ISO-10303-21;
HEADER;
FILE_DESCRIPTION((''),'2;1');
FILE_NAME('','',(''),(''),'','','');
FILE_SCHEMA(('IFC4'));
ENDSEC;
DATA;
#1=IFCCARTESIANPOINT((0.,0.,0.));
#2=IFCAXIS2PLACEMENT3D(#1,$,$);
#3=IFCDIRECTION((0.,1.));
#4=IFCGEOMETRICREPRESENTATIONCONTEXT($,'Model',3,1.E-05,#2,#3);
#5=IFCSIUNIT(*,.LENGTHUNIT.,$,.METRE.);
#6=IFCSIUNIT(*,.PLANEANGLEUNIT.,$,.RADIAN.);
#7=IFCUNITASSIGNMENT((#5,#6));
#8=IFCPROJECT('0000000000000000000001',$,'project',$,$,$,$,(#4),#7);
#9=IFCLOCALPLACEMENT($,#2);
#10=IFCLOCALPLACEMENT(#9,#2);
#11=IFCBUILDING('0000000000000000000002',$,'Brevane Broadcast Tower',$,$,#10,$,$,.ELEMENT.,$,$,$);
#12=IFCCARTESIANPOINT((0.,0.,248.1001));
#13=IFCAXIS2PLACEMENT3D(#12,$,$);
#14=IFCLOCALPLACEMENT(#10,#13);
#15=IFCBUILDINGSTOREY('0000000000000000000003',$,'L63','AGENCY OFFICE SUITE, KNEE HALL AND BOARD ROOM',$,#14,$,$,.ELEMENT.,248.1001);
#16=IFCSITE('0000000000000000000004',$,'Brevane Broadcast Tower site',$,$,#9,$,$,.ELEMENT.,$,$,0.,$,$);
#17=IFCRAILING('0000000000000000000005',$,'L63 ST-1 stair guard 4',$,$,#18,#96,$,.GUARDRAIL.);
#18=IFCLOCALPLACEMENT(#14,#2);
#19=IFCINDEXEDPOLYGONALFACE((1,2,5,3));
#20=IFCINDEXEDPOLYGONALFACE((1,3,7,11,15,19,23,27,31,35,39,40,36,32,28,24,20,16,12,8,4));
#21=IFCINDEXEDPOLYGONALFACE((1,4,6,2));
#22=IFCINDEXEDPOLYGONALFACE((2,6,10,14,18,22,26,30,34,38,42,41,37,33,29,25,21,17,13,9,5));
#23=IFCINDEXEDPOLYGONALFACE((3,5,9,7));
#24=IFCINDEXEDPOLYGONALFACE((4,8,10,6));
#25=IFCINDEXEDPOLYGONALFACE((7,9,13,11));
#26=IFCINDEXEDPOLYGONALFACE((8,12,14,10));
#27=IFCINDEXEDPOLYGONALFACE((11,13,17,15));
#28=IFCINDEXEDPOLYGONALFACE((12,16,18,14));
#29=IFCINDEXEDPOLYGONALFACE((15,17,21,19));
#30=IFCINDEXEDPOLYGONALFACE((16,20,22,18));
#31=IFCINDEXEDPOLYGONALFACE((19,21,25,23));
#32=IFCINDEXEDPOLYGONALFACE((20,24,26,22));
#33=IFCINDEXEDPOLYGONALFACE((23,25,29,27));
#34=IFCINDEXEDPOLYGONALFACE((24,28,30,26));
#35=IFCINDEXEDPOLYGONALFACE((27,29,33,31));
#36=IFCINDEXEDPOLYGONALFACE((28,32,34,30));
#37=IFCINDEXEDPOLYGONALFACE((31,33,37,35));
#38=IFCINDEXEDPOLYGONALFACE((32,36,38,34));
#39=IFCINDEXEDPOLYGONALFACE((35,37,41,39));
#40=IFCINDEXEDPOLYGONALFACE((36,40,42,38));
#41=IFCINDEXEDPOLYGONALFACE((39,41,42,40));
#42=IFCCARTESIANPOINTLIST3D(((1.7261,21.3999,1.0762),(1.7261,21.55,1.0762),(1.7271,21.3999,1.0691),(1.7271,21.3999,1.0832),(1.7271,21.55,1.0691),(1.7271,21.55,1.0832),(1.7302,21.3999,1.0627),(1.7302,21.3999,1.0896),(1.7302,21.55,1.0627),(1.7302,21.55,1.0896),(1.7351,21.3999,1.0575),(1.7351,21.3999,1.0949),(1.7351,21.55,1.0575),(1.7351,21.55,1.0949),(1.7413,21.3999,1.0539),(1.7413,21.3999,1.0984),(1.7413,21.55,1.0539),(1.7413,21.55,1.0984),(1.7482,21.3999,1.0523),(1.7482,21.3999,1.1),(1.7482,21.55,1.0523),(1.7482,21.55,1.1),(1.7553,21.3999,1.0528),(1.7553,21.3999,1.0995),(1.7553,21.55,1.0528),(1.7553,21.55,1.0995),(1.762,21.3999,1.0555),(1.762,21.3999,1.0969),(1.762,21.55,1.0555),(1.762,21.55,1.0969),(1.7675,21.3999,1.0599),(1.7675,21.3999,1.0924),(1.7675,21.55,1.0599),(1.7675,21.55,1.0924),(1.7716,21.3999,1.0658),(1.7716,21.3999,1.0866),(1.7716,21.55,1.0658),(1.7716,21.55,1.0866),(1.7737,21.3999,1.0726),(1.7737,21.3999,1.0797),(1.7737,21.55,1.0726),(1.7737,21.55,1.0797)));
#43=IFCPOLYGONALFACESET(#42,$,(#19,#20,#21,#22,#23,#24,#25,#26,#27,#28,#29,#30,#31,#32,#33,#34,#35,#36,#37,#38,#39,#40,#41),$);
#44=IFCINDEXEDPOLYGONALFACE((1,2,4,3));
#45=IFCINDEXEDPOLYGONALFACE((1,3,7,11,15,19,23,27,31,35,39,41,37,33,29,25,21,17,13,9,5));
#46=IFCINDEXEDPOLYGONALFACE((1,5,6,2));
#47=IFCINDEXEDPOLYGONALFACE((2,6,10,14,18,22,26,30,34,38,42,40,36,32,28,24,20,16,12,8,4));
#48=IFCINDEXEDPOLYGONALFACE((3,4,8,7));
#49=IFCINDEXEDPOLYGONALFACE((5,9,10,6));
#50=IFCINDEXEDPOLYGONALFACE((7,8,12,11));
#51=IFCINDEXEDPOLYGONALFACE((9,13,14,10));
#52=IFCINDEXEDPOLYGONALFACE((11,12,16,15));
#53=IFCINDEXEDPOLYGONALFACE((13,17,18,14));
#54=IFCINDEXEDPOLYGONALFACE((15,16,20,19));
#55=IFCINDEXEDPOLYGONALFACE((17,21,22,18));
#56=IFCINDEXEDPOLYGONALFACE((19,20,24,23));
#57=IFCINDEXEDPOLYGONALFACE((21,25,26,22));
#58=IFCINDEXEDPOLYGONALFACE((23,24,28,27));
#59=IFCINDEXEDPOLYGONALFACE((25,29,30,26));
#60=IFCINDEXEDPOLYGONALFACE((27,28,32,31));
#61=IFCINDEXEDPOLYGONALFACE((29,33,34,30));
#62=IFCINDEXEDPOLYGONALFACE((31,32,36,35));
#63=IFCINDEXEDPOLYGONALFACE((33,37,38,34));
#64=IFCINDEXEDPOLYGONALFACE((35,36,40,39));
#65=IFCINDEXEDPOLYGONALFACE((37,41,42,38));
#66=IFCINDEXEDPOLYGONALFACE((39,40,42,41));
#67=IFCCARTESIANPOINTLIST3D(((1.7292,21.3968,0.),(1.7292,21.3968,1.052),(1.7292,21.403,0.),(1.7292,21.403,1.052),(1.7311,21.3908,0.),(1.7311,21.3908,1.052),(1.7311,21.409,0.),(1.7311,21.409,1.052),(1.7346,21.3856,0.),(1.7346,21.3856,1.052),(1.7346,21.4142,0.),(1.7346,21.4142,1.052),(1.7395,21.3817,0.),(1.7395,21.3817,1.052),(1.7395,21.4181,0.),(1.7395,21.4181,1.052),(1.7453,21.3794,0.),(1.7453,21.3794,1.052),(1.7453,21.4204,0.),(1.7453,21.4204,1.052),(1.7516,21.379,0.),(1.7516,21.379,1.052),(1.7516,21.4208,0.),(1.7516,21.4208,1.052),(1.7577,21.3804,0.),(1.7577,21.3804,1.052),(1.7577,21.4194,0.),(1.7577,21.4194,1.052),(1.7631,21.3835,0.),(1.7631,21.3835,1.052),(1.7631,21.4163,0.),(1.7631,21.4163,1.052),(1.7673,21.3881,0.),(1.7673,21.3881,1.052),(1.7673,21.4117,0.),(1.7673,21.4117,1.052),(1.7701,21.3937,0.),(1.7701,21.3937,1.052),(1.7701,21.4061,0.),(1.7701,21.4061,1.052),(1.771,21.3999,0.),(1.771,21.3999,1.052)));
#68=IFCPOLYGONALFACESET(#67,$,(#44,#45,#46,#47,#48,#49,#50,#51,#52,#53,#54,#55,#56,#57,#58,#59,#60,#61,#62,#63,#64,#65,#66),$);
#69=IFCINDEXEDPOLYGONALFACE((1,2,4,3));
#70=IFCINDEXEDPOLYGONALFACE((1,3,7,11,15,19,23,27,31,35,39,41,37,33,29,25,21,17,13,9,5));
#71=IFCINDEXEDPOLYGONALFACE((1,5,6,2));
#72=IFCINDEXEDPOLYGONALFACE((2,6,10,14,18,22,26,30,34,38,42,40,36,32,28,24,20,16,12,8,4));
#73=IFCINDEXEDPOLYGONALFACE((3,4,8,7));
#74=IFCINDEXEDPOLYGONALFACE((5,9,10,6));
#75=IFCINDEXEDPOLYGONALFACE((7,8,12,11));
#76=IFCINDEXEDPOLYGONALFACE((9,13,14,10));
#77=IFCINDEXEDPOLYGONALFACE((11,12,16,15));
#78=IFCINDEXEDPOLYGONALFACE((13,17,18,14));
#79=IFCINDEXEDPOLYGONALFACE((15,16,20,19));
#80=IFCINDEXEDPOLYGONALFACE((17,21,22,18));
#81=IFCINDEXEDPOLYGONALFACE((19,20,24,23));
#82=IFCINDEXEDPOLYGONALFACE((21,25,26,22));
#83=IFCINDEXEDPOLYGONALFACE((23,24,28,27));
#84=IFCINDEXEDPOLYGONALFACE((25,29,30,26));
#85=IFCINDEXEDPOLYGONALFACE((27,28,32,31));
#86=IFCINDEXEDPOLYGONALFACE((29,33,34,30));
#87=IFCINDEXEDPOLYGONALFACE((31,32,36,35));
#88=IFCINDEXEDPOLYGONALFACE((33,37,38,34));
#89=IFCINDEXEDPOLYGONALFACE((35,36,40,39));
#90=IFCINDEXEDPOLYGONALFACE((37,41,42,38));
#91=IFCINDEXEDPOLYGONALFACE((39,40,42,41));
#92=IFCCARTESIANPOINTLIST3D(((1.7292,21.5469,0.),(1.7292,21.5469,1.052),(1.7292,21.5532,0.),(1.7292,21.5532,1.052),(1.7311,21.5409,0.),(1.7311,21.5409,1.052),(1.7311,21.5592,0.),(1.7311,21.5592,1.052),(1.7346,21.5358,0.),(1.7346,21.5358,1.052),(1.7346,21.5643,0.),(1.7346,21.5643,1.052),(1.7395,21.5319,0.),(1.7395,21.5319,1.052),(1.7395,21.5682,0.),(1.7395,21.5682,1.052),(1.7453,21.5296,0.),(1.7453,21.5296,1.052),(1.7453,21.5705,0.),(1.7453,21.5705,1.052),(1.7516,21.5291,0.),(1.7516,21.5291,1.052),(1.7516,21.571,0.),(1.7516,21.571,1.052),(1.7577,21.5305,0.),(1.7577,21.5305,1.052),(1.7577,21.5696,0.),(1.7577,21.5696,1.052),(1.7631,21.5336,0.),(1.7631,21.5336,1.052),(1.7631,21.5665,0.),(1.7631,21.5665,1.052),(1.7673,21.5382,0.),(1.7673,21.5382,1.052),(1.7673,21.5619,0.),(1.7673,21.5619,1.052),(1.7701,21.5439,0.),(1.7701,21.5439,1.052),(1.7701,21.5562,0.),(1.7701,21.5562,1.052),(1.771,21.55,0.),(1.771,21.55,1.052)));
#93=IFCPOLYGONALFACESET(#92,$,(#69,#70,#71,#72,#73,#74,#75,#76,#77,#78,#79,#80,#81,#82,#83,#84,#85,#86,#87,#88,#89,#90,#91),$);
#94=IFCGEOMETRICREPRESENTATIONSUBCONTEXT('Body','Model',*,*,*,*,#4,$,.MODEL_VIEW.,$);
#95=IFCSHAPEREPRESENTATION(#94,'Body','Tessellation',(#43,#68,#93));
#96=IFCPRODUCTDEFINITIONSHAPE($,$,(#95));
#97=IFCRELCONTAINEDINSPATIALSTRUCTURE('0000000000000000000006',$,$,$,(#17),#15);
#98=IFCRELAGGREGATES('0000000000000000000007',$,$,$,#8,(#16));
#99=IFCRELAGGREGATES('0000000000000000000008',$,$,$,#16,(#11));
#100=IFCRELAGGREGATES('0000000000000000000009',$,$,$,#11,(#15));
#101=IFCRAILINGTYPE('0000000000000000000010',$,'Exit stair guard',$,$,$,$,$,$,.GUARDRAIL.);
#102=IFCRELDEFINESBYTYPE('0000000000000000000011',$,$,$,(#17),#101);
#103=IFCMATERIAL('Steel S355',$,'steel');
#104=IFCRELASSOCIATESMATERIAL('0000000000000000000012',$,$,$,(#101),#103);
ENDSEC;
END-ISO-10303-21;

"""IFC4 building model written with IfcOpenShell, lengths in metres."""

from ifc_helpers import new_model, si_unit, direction, frame, origin, origin_2d, place, context, subcontext, project, spatial, circle, extrude, material, type_object, element, save


model = new_model("IFC4")

# Units and contexts
model_context = context("Model", 3, precision=1e-05, world=origin(), true_north=direction((0.0, 1.0)))
body_context = subcontext(model_context, "Body", "Model", "MODEL_VIEW")
ifc_project = project(units=[si_unit("LENGTHUNIT", "METRE"), si_unit("PLANEANGLEUNIT", "RADIAN")], contexts=[model_context])

# Site, building, storey
site_placement = place(None, origin())
site = spatial("IfcSite", under=ifc_project, at=site_placement, Name="Brevane Broadcast Tower site", CompositionType="ELEMENT", RefElevation=0.0)
building_placement = place(site_placement, origin())
building = spatial("IfcBuilding", under=site, at=building_placement, Name="Brevane Broadcast Tower", CompositionType="ELEMENT")
storey_placement = place(building_placement, frame((0.0, 0.0, 248.1001)))
storey = spatial("IfcBuildingStorey", under=building, at=storey_placement, Name="L63", Description="AGENCY OFFICE SUITE, KNEE HALL AND BOARD ROOM", CompositionType="ELEMENT", Elevation=248.1001)

# Railing
ifc_material_1 = material(Name="Steel S355", Category="steel")
railing_type_1 = type_object("IfcRailingType", Name="Exit stair guard", PredefinedType="GUARDRAIL", material=ifc_material_1)
railing_1_placement = place(storey_placement, frame((1.75, 21.3999, 0.0)))
element("IfcRailing", 1, at=railing_1_placement, inside=storey, type_object=railing_type_1, Name="L63 ST-1 stair guard 4", PredefinedType="GUARDRAIL", context=body_context, shape_type="SweptSolid", body=[
    extrude(circle(Radius=0.0239, at=origin_2d()), frame((0.0, 0.0, 1.0762), z_axis=(0.0, 1.0, 0.0), x_axis=(-1.0, 0.0, 0.0)), (0.0, 0.0, 1.0), 0.1501),
    extrude(circle(Radius=0.021, at=origin_2d()), origin(), (0.0, 0.0, 1.0), 1.052),
    extrude(circle(Radius=0.021, at=origin_2d()), frame((0.0, 0.1501, 0.0)), (0.0, 0.0, 1.0), 1.052),
])

save(model, "model.ifc")
